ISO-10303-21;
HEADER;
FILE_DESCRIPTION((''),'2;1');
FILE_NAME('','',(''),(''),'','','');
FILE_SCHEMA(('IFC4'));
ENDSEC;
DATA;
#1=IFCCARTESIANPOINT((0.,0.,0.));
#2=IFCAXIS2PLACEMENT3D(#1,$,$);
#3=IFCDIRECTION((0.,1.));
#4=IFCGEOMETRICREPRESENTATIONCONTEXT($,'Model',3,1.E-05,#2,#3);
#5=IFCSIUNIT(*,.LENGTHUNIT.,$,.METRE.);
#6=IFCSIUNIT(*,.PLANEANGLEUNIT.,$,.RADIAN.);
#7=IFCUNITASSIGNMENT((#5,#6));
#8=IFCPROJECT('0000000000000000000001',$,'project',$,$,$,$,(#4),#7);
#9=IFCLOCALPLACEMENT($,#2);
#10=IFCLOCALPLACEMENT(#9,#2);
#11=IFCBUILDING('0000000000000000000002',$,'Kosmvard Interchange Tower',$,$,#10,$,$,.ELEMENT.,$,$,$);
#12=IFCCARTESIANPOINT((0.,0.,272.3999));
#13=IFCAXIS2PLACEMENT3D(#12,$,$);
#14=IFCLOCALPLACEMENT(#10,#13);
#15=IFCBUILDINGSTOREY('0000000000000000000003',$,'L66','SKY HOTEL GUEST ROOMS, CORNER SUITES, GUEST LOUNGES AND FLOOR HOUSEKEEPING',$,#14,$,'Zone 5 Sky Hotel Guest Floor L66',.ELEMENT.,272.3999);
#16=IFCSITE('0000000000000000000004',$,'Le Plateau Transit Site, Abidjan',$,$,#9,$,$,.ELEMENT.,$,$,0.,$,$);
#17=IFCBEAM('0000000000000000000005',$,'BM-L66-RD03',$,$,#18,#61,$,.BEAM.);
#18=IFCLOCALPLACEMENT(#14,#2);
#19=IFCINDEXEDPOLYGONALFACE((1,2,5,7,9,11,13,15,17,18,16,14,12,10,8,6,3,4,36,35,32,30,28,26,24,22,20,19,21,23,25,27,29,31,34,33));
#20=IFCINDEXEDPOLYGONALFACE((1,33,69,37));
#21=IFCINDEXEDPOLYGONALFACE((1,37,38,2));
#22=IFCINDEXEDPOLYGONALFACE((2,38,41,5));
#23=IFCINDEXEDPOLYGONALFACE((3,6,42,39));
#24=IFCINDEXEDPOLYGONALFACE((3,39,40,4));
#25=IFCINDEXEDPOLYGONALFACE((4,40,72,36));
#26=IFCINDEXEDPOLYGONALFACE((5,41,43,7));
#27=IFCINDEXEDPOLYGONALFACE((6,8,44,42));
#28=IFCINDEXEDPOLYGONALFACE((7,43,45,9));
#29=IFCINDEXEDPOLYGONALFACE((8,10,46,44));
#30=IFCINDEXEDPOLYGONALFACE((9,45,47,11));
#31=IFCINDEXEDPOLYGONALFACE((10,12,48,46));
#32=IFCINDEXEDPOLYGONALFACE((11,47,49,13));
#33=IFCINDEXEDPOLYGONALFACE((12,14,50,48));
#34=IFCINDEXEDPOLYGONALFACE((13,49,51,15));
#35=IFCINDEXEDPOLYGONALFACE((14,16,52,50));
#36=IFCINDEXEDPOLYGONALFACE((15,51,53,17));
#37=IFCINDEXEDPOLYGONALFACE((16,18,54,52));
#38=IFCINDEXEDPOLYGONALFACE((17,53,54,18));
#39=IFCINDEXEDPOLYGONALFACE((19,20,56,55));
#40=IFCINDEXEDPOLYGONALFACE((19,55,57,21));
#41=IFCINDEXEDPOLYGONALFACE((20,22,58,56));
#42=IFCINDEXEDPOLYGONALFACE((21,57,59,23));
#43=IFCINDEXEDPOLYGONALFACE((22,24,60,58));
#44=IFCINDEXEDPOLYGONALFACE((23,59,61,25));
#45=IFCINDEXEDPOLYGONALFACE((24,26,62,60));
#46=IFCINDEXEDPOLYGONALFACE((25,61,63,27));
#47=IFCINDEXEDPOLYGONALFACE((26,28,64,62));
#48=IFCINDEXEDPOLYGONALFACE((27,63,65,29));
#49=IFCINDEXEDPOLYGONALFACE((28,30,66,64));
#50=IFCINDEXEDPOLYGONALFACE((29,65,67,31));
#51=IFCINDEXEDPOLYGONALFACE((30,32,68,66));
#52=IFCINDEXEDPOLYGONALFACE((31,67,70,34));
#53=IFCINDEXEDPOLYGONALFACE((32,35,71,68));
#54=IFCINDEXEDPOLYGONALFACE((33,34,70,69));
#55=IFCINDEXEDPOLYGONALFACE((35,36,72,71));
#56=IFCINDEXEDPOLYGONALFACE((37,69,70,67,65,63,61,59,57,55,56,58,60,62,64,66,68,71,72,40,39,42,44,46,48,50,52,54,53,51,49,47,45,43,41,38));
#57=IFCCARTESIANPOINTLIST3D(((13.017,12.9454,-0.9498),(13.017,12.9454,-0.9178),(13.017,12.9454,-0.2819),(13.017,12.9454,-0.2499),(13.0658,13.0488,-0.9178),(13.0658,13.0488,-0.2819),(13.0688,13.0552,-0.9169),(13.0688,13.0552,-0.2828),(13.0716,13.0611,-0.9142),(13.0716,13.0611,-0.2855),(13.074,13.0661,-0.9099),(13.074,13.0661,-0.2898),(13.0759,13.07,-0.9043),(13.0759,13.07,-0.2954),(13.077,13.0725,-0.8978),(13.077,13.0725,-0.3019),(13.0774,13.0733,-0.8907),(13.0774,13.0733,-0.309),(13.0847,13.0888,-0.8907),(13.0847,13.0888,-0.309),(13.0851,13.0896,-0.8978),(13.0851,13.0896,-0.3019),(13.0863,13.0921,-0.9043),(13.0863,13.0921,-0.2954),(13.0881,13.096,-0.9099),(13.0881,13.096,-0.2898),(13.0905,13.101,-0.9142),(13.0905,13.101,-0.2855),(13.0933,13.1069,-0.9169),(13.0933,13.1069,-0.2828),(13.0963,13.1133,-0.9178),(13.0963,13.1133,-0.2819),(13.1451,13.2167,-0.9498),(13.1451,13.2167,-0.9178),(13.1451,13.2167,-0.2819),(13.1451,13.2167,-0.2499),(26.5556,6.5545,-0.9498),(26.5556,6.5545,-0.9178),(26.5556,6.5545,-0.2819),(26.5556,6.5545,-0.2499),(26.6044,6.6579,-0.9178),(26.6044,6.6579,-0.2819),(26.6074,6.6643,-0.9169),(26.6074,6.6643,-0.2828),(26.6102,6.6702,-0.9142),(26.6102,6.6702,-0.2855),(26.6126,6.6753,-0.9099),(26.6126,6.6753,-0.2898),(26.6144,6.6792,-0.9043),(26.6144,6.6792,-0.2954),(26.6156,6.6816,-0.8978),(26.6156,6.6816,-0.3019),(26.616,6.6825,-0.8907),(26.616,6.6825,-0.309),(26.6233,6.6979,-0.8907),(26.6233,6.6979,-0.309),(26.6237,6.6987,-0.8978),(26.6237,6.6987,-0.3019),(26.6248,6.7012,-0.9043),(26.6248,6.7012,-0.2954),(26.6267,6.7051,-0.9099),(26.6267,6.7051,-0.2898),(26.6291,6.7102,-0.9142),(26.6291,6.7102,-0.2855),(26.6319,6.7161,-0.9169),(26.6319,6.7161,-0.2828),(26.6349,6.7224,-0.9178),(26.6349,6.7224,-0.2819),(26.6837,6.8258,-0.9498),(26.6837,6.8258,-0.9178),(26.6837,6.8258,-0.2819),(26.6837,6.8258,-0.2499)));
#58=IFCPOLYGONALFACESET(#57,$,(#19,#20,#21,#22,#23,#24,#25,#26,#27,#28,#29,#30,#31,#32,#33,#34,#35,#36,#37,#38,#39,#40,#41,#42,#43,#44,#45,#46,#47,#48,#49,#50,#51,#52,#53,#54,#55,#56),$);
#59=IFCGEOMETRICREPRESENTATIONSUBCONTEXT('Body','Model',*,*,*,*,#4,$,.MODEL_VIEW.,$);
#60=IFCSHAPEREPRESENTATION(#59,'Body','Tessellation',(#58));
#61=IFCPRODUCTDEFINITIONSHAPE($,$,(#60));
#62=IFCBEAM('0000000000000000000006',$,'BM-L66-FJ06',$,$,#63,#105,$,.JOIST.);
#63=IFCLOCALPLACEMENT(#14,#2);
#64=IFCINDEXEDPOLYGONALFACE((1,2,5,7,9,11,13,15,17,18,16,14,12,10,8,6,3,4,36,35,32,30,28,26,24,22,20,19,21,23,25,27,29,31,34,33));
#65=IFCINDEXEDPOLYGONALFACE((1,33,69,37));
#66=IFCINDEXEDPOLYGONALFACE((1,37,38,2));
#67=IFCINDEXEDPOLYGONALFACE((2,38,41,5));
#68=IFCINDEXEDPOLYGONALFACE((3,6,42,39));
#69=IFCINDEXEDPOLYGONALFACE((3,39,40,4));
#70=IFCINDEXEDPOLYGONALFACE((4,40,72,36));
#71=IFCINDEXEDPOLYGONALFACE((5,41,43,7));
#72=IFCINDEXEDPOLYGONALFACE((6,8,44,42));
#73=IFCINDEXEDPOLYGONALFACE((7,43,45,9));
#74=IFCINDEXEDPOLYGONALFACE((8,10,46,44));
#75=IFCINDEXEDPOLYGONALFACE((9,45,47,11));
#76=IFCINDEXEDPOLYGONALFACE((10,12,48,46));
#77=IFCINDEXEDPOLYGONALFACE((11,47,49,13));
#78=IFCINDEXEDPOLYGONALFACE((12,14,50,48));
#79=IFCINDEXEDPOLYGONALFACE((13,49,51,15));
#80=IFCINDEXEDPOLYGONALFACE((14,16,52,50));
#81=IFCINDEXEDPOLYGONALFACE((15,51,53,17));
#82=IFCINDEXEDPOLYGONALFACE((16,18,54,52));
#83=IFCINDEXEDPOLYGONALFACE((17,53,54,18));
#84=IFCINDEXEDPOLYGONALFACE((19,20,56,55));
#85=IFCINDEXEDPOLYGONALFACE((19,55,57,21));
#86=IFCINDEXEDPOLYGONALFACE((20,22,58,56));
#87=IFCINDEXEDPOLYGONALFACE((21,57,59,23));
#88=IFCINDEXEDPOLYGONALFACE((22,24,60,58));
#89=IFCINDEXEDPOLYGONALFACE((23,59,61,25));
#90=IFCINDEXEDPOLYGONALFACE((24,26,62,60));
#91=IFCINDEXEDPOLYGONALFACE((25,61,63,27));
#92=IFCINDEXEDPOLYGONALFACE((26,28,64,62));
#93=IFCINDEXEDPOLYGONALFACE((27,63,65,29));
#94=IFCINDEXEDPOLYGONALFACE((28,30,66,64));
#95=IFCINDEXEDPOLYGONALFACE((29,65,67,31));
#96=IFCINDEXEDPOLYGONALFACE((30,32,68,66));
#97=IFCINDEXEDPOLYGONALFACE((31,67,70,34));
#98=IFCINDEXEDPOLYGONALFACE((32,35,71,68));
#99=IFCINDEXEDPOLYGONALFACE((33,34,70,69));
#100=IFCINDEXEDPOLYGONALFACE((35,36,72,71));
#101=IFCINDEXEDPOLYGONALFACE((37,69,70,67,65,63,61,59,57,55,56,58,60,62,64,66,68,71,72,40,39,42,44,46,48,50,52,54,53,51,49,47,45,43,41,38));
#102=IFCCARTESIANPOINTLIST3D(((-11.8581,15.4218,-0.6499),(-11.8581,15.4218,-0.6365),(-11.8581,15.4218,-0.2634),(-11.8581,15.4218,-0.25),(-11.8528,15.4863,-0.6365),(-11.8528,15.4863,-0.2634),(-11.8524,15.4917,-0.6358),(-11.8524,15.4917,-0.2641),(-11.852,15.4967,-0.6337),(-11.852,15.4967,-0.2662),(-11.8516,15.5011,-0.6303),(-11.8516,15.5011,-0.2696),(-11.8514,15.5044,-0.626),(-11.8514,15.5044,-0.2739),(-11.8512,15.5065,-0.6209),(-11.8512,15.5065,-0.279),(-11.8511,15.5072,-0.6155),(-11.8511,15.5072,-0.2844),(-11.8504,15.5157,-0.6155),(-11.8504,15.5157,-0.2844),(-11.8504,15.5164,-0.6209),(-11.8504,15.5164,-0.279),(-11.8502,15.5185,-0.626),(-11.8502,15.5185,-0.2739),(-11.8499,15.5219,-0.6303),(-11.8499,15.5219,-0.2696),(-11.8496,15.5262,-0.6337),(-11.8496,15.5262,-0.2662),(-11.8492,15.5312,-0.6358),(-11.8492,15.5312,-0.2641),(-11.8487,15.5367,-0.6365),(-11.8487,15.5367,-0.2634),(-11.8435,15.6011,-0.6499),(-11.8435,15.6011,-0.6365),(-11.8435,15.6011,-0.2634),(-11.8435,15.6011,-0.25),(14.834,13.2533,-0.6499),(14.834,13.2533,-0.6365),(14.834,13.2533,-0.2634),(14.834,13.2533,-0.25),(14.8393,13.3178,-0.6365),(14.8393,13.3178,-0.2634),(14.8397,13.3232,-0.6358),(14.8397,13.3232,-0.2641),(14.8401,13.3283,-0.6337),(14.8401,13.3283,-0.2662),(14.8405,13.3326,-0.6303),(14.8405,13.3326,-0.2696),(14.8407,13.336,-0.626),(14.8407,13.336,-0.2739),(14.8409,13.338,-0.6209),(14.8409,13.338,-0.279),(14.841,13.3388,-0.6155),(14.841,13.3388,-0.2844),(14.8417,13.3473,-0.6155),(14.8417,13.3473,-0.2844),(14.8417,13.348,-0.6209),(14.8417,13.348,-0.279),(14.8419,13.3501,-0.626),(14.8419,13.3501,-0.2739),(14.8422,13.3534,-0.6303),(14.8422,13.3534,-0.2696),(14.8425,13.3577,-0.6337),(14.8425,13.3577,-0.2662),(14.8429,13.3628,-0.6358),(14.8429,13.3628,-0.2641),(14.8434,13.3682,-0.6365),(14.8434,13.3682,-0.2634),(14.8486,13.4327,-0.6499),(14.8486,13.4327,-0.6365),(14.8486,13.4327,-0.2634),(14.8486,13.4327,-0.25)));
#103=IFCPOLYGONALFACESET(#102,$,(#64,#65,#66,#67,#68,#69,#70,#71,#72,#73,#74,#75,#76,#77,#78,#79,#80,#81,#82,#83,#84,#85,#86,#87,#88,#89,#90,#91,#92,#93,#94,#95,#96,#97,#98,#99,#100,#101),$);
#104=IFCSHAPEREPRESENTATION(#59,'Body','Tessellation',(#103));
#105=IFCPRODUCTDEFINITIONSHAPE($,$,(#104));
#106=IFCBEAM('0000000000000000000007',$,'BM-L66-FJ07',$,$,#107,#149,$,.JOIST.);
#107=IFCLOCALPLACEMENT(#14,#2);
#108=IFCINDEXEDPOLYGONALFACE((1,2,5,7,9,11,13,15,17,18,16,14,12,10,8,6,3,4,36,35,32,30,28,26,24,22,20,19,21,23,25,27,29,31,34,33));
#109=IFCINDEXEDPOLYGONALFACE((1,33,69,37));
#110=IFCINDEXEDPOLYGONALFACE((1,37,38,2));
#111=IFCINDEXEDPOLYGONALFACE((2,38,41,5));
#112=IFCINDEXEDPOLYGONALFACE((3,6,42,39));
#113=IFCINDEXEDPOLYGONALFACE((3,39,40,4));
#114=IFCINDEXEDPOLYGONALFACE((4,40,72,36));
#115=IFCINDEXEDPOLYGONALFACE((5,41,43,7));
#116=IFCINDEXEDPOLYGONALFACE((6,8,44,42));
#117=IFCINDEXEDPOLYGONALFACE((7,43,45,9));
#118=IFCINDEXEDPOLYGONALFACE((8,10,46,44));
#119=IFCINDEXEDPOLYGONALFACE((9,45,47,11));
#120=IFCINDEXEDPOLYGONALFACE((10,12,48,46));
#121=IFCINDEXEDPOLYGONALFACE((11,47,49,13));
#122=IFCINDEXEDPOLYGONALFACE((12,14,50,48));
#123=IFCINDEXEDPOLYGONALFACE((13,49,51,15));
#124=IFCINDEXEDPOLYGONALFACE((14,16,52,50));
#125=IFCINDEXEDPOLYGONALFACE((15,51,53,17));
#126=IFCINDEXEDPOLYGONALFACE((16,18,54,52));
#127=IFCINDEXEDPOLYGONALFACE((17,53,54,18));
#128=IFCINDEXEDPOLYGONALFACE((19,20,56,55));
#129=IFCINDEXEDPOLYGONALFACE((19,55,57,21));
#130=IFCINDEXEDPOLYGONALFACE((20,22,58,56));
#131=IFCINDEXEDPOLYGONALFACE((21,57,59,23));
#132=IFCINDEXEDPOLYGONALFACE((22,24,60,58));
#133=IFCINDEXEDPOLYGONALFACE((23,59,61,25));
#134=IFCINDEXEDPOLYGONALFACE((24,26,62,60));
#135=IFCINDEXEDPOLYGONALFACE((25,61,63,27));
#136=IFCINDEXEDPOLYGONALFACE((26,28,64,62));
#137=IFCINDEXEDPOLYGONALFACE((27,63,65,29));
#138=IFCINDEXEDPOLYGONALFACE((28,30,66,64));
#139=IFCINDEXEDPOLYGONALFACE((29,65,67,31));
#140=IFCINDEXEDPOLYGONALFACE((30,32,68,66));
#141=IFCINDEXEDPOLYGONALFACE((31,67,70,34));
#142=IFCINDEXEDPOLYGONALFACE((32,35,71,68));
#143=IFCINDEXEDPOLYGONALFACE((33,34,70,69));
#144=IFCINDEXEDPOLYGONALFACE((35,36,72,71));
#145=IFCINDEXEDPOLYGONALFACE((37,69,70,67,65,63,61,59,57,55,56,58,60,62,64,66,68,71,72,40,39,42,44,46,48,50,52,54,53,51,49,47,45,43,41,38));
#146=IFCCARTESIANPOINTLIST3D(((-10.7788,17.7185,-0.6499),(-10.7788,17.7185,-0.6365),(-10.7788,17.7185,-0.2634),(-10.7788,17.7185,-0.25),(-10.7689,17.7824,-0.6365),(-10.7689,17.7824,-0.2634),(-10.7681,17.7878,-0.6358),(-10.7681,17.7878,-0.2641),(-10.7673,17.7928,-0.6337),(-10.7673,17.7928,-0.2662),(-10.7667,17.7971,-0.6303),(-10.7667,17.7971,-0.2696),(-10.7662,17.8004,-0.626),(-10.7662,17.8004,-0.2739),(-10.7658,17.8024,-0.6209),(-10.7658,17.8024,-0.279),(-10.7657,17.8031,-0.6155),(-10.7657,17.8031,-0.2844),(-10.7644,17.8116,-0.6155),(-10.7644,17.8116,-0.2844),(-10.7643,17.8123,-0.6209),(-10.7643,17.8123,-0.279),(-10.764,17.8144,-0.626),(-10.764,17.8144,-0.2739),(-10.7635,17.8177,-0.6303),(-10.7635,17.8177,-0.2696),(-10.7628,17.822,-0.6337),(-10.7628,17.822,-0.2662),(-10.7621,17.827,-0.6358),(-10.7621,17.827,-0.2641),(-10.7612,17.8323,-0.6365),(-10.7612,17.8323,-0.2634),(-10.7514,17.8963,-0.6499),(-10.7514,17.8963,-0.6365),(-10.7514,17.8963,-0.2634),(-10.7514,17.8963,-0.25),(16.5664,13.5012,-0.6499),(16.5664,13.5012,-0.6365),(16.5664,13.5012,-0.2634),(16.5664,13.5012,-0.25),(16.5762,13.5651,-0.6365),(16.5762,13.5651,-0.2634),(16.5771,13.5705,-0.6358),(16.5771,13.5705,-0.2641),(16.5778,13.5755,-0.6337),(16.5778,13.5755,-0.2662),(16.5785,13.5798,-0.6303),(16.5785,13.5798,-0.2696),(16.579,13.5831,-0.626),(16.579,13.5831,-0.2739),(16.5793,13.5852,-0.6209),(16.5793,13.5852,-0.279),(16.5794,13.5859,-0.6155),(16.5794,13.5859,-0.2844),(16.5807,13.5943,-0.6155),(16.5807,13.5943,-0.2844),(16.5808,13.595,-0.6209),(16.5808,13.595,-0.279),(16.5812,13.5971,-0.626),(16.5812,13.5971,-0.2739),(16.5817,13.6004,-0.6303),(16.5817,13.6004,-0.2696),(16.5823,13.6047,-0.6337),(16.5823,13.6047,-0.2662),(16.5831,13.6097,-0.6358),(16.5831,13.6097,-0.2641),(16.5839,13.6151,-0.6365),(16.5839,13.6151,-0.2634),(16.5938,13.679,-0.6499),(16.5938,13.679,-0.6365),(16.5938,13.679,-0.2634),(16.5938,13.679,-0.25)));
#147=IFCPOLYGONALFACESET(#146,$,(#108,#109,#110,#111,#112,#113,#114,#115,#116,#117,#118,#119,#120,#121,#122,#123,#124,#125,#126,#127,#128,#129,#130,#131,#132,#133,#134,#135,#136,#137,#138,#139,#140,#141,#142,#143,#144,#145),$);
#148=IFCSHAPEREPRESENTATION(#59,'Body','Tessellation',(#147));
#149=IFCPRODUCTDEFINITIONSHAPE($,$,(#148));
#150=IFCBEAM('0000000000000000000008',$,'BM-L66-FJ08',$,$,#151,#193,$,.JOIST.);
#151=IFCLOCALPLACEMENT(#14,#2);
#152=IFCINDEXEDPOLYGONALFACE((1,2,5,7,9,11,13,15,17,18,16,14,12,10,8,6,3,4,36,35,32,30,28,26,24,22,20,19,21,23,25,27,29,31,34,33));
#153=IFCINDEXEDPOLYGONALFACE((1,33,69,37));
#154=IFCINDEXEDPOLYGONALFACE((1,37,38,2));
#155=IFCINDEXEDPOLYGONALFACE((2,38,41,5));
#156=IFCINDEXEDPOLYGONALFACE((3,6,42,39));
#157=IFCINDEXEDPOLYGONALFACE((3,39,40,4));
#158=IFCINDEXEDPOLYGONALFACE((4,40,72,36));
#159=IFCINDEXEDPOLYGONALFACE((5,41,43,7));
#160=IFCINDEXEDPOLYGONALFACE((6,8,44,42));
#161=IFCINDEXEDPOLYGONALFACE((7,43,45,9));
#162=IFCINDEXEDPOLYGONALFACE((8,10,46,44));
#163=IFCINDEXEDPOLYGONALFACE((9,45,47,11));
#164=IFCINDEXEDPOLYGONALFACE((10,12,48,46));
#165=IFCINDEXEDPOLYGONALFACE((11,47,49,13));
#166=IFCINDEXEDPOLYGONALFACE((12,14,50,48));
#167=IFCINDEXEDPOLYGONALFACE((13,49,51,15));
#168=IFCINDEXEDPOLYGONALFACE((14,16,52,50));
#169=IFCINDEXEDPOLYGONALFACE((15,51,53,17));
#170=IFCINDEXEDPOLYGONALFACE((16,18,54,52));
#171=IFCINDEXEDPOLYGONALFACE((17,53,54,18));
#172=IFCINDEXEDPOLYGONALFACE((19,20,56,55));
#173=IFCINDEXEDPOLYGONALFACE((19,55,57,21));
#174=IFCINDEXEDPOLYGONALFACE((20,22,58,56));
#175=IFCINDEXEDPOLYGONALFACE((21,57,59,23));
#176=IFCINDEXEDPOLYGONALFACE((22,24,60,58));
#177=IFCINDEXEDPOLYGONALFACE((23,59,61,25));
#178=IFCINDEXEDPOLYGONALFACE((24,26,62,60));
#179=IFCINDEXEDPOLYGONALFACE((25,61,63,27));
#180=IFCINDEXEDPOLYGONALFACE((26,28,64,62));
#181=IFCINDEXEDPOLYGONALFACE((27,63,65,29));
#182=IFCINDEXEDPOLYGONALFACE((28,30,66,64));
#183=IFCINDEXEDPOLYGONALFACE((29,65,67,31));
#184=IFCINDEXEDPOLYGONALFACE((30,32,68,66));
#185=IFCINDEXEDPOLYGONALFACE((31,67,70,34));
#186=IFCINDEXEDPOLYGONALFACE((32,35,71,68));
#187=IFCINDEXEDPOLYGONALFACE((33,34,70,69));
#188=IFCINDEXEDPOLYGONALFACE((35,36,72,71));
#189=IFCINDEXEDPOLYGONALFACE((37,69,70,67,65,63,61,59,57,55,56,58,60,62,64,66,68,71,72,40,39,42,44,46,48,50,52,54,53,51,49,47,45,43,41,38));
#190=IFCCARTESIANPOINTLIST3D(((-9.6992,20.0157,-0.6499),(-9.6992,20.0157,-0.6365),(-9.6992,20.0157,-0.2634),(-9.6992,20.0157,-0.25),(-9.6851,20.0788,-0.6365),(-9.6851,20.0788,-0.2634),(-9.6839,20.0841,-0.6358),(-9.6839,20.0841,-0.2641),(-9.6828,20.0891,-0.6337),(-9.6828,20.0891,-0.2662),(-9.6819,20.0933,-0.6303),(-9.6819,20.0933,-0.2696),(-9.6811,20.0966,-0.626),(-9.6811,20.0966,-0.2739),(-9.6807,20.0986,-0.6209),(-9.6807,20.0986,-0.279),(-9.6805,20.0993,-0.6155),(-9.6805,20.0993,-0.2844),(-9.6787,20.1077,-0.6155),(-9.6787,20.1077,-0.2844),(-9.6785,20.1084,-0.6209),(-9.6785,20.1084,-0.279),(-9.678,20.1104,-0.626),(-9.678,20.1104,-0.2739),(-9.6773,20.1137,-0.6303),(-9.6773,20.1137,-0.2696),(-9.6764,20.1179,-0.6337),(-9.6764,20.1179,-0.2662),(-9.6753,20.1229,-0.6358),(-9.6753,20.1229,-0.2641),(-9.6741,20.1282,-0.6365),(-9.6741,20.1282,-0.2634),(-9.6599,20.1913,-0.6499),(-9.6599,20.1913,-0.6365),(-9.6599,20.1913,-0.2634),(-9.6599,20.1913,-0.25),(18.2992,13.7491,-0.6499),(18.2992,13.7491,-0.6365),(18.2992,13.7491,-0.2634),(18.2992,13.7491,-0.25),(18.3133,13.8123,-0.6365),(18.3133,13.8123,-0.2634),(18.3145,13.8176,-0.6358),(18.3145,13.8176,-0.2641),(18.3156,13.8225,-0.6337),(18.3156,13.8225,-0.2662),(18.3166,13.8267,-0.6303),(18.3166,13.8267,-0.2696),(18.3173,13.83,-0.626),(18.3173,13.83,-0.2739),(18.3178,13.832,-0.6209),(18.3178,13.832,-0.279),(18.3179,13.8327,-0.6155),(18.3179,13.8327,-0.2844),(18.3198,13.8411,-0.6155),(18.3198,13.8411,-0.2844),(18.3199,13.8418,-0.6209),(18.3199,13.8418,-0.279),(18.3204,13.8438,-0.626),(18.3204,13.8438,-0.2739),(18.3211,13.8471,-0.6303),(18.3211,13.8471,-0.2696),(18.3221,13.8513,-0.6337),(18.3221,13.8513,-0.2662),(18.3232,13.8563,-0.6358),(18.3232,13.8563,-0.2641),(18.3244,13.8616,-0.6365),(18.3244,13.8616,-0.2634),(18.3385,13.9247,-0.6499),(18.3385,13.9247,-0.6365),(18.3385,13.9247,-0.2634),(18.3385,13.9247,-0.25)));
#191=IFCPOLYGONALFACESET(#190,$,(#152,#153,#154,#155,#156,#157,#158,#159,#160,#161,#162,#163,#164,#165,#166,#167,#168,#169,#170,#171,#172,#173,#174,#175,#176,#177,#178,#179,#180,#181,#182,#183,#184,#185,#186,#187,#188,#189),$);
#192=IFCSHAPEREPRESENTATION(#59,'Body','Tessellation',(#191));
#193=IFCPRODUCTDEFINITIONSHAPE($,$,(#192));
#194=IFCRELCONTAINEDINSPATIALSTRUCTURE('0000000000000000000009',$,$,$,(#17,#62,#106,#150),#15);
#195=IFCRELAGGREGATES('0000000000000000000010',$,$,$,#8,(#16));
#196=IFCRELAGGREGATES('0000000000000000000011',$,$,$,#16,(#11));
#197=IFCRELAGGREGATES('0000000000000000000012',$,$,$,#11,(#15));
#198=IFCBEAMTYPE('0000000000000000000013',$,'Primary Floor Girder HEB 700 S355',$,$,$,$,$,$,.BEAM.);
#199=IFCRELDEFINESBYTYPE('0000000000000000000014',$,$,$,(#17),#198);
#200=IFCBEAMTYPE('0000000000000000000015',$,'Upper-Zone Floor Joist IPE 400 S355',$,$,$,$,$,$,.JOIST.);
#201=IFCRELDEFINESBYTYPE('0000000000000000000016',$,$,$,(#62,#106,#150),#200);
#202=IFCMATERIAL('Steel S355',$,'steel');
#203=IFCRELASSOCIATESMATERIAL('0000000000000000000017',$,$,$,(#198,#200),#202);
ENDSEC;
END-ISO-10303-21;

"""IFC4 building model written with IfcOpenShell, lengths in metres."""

from ifc_helpers import new_model, si_unit, direction, frame, origin, origin_2d, place, context, subcontext, project, spatial, i_section, extrude, source, transform, mapped, material, material_profile, profile_set, type_object, element, save


model = new_model("IFC4")

# Units and contexts
model_context = context("Model", 3, precision=1e-05, world=origin(), true_north=direction((0.0, 1.0)))
body_context = subcontext(model_context, "Body", "Model", "MODEL_VIEW")
ifc_project = project(units=[si_unit("LENGTHUNIT", "METRE"), si_unit("PLANEANGLEUNIT", "RADIAN")], contexts=[model_context])

# Site, building, storey
site_placement = place(None, origin())
site = spatial("IfcSite", under=ifc_project, at=site_placement, Name="Le Plateau Transit Site, Abidjan", CompositionType="ELEMENT", RefElevation=0.0)
building_placement = place(site_placement, origin())
building = spatial("IfcBuilding", under=site, at=building_placement, Name="Kosmvard Interchange Tower", CompositionType="ELEMENT")
storey_placement = place(building_placement, frame((0.0, 0.0, 272.3999)))
storey = spatial("IfcBuildingStorey", under=building, at=storey_placement, Name="L66", Description="SKY HOTEL GUEST ROOMS, CORNER SUITES, GUEST LOUNGES AND FLOOR HOUSEKEEPING", LongName="Zone 5 Sky Hotel Guest Floor L66", CompositionType="ELEMENT", Elevation=272.3999)

# Beams
ifc_material_1 = material(Name="Steel S355", Category="steel")
ifc_material_profile_1 = material_profile(ifc_material_1, i_section(OverallWidth=0.3, OverallDepth=0.7, WebThickness=0.0171, FlangeThickness=0.032, FilletRadius=0.0271, at=origin_2d()), Name="HEB 700")
ifc_profile_set_1 = profile_set([ifc_material_profile_1], Name="Steel S355")
beam_type_1 = type_object("IfcBeamType", Name="Primary Floor Girder HEB 700 S355", PredefinedType="BEAM", material=ifc_profile_set_1)
shared_shape_1 = source(origin(), body_context, "Body", "SweptSolid", [
    extrude(i_section(OverallWidth=0.3, OverallDepth=0.7, WebThickness=0.0171, FlangeThickness=0.032, FilletRadius=0.0271, at=origin_2d()), origin(), (0.0, 0.0, 1.0), 14.9712),
])
beam_1_placement = place(storey_placement, frame((13.0811, 13.0811, -0.5999), z_axis=(0.904309, -0.426878, 0.0), x_axis=(0.426878, 0.904309, 0.0)))
element("IfcBeam", 1, at=beam_1_placement, inside=storey, type_object=beam_type_1, Name="BM-L66-RD03", PredefinedType="BEAM", context=body_context, shape_type="MappedRepresentation", body=[
    mapped(shared_shape_1, transform((0.0, 0.0, 0.0), scale=1.0)),
])
ifc_material_profile_2 = material_profile(ifc_material_1, i_section(OverallWidth=0.1799, OverallDepth=0.3999, WebThickness=0.0085, FlangeThickness=0.0134, FilletRadius=0.021, at=origin_2d()), Name="IPE 400")
ifc_profile_set_2 = profile_set([ifc_material_profile_2], Name="Steel S355")
beam_type_2 = type_object("IfcBeamType", Name="Upper-Zone Floor Joist IPE 400 S355", PredefinedType="JOIST", material=ifc_profile_set_2)
shared_shape_2 = source(origin(), body_context, "Body", "SweptSolid", [
    extrude(i_section(OverallWidth=0.1799, OverallDepth=0.3999, WebThickness=0.0085, FlangeThickness=0.0134, FilletRadius=0.021, at=origin_2d()), origin(), (0.0, 0.0, 1.0), 26.78),
])
beam_2_placement = place(storey_placement, frame((14.8413, 13.343, -0.45), z_axis=(-0.996716, 0.080973, 0.0), x_axis=(-0.080973, -0.996716, 0.0)))
element("IfcBeam", 2, at=beam_2_placement, inside=storey, type_object=beam_type_2, Name="BM-L66-FJ06", PredefinedType="JOIST", context=body_context, shape_type="MappedRepresentation", body=[
    mapped(shared_shape_2, transform((0.0, 0.0, 0.0), scale=1.0)),
])
shared_shape_3 = source(origin(), body_context, "Body", "SweptSolid", [
    extrude(i_section(OverallWidth=0.1799, OverallDepth=0.3999, WebThickness=0.0085, FlangeThickness=0.0134, FilletRadius=0.021, at=origin_2d()), origin(), (0.0, 0.0, 1.0), 27.6685),
])
beam_3_placement = place(storey_placement, frame((16.5801, 13.5901, -0.45), z_axis=(-0.988316, 0.152422, 0.0), x_axis=(-0.152422, -0.988316, 0.0)))
element("IfcBeam", 3, at=beam_3_placement, inside=storey, type_object=beam_type_2, Name="BM-L66-FJ07", PredefinedType="JOIST", context=body_context, shape_type="MappedRepresentation", body=[
    mapped(shared_shape_3, transform((0.0, 0.0, 0.0), scale=1.0)),
])
shared_shape_4 = source(origin(), body_context, "Body", "SweptSolid", [
    extrude(i_section(OverallWidth=0.1799, OverallDepth=0.3999, WebThickness=0.0085, FlangeThickness=0.0134, FilletRadius=0.021, at=origin_2d()), origin(), (0.0, 0.0, 1.0), 28.6912),
])
beam_4_placement = place(storey_placement, frame((18.3188, 13.8369, -0.45), z_axis=(-0.975856, 0.218415, 0.0), x_axis=(-0.218415, -0.975856, 0.0)))
element("IfcBeam", 4, at=beam_4_placement, inside=storey, type_object=beam_type_2, Name="BM-L66-FJ08", PredefinedType="JOIST", context=body_context, shape_type="MappedRepresentation", body=[
    mapped(shared_shape_4, transform((0.0, 0.0, 0.0), scale=1.0)),
])

save(model, "model.ifc")
